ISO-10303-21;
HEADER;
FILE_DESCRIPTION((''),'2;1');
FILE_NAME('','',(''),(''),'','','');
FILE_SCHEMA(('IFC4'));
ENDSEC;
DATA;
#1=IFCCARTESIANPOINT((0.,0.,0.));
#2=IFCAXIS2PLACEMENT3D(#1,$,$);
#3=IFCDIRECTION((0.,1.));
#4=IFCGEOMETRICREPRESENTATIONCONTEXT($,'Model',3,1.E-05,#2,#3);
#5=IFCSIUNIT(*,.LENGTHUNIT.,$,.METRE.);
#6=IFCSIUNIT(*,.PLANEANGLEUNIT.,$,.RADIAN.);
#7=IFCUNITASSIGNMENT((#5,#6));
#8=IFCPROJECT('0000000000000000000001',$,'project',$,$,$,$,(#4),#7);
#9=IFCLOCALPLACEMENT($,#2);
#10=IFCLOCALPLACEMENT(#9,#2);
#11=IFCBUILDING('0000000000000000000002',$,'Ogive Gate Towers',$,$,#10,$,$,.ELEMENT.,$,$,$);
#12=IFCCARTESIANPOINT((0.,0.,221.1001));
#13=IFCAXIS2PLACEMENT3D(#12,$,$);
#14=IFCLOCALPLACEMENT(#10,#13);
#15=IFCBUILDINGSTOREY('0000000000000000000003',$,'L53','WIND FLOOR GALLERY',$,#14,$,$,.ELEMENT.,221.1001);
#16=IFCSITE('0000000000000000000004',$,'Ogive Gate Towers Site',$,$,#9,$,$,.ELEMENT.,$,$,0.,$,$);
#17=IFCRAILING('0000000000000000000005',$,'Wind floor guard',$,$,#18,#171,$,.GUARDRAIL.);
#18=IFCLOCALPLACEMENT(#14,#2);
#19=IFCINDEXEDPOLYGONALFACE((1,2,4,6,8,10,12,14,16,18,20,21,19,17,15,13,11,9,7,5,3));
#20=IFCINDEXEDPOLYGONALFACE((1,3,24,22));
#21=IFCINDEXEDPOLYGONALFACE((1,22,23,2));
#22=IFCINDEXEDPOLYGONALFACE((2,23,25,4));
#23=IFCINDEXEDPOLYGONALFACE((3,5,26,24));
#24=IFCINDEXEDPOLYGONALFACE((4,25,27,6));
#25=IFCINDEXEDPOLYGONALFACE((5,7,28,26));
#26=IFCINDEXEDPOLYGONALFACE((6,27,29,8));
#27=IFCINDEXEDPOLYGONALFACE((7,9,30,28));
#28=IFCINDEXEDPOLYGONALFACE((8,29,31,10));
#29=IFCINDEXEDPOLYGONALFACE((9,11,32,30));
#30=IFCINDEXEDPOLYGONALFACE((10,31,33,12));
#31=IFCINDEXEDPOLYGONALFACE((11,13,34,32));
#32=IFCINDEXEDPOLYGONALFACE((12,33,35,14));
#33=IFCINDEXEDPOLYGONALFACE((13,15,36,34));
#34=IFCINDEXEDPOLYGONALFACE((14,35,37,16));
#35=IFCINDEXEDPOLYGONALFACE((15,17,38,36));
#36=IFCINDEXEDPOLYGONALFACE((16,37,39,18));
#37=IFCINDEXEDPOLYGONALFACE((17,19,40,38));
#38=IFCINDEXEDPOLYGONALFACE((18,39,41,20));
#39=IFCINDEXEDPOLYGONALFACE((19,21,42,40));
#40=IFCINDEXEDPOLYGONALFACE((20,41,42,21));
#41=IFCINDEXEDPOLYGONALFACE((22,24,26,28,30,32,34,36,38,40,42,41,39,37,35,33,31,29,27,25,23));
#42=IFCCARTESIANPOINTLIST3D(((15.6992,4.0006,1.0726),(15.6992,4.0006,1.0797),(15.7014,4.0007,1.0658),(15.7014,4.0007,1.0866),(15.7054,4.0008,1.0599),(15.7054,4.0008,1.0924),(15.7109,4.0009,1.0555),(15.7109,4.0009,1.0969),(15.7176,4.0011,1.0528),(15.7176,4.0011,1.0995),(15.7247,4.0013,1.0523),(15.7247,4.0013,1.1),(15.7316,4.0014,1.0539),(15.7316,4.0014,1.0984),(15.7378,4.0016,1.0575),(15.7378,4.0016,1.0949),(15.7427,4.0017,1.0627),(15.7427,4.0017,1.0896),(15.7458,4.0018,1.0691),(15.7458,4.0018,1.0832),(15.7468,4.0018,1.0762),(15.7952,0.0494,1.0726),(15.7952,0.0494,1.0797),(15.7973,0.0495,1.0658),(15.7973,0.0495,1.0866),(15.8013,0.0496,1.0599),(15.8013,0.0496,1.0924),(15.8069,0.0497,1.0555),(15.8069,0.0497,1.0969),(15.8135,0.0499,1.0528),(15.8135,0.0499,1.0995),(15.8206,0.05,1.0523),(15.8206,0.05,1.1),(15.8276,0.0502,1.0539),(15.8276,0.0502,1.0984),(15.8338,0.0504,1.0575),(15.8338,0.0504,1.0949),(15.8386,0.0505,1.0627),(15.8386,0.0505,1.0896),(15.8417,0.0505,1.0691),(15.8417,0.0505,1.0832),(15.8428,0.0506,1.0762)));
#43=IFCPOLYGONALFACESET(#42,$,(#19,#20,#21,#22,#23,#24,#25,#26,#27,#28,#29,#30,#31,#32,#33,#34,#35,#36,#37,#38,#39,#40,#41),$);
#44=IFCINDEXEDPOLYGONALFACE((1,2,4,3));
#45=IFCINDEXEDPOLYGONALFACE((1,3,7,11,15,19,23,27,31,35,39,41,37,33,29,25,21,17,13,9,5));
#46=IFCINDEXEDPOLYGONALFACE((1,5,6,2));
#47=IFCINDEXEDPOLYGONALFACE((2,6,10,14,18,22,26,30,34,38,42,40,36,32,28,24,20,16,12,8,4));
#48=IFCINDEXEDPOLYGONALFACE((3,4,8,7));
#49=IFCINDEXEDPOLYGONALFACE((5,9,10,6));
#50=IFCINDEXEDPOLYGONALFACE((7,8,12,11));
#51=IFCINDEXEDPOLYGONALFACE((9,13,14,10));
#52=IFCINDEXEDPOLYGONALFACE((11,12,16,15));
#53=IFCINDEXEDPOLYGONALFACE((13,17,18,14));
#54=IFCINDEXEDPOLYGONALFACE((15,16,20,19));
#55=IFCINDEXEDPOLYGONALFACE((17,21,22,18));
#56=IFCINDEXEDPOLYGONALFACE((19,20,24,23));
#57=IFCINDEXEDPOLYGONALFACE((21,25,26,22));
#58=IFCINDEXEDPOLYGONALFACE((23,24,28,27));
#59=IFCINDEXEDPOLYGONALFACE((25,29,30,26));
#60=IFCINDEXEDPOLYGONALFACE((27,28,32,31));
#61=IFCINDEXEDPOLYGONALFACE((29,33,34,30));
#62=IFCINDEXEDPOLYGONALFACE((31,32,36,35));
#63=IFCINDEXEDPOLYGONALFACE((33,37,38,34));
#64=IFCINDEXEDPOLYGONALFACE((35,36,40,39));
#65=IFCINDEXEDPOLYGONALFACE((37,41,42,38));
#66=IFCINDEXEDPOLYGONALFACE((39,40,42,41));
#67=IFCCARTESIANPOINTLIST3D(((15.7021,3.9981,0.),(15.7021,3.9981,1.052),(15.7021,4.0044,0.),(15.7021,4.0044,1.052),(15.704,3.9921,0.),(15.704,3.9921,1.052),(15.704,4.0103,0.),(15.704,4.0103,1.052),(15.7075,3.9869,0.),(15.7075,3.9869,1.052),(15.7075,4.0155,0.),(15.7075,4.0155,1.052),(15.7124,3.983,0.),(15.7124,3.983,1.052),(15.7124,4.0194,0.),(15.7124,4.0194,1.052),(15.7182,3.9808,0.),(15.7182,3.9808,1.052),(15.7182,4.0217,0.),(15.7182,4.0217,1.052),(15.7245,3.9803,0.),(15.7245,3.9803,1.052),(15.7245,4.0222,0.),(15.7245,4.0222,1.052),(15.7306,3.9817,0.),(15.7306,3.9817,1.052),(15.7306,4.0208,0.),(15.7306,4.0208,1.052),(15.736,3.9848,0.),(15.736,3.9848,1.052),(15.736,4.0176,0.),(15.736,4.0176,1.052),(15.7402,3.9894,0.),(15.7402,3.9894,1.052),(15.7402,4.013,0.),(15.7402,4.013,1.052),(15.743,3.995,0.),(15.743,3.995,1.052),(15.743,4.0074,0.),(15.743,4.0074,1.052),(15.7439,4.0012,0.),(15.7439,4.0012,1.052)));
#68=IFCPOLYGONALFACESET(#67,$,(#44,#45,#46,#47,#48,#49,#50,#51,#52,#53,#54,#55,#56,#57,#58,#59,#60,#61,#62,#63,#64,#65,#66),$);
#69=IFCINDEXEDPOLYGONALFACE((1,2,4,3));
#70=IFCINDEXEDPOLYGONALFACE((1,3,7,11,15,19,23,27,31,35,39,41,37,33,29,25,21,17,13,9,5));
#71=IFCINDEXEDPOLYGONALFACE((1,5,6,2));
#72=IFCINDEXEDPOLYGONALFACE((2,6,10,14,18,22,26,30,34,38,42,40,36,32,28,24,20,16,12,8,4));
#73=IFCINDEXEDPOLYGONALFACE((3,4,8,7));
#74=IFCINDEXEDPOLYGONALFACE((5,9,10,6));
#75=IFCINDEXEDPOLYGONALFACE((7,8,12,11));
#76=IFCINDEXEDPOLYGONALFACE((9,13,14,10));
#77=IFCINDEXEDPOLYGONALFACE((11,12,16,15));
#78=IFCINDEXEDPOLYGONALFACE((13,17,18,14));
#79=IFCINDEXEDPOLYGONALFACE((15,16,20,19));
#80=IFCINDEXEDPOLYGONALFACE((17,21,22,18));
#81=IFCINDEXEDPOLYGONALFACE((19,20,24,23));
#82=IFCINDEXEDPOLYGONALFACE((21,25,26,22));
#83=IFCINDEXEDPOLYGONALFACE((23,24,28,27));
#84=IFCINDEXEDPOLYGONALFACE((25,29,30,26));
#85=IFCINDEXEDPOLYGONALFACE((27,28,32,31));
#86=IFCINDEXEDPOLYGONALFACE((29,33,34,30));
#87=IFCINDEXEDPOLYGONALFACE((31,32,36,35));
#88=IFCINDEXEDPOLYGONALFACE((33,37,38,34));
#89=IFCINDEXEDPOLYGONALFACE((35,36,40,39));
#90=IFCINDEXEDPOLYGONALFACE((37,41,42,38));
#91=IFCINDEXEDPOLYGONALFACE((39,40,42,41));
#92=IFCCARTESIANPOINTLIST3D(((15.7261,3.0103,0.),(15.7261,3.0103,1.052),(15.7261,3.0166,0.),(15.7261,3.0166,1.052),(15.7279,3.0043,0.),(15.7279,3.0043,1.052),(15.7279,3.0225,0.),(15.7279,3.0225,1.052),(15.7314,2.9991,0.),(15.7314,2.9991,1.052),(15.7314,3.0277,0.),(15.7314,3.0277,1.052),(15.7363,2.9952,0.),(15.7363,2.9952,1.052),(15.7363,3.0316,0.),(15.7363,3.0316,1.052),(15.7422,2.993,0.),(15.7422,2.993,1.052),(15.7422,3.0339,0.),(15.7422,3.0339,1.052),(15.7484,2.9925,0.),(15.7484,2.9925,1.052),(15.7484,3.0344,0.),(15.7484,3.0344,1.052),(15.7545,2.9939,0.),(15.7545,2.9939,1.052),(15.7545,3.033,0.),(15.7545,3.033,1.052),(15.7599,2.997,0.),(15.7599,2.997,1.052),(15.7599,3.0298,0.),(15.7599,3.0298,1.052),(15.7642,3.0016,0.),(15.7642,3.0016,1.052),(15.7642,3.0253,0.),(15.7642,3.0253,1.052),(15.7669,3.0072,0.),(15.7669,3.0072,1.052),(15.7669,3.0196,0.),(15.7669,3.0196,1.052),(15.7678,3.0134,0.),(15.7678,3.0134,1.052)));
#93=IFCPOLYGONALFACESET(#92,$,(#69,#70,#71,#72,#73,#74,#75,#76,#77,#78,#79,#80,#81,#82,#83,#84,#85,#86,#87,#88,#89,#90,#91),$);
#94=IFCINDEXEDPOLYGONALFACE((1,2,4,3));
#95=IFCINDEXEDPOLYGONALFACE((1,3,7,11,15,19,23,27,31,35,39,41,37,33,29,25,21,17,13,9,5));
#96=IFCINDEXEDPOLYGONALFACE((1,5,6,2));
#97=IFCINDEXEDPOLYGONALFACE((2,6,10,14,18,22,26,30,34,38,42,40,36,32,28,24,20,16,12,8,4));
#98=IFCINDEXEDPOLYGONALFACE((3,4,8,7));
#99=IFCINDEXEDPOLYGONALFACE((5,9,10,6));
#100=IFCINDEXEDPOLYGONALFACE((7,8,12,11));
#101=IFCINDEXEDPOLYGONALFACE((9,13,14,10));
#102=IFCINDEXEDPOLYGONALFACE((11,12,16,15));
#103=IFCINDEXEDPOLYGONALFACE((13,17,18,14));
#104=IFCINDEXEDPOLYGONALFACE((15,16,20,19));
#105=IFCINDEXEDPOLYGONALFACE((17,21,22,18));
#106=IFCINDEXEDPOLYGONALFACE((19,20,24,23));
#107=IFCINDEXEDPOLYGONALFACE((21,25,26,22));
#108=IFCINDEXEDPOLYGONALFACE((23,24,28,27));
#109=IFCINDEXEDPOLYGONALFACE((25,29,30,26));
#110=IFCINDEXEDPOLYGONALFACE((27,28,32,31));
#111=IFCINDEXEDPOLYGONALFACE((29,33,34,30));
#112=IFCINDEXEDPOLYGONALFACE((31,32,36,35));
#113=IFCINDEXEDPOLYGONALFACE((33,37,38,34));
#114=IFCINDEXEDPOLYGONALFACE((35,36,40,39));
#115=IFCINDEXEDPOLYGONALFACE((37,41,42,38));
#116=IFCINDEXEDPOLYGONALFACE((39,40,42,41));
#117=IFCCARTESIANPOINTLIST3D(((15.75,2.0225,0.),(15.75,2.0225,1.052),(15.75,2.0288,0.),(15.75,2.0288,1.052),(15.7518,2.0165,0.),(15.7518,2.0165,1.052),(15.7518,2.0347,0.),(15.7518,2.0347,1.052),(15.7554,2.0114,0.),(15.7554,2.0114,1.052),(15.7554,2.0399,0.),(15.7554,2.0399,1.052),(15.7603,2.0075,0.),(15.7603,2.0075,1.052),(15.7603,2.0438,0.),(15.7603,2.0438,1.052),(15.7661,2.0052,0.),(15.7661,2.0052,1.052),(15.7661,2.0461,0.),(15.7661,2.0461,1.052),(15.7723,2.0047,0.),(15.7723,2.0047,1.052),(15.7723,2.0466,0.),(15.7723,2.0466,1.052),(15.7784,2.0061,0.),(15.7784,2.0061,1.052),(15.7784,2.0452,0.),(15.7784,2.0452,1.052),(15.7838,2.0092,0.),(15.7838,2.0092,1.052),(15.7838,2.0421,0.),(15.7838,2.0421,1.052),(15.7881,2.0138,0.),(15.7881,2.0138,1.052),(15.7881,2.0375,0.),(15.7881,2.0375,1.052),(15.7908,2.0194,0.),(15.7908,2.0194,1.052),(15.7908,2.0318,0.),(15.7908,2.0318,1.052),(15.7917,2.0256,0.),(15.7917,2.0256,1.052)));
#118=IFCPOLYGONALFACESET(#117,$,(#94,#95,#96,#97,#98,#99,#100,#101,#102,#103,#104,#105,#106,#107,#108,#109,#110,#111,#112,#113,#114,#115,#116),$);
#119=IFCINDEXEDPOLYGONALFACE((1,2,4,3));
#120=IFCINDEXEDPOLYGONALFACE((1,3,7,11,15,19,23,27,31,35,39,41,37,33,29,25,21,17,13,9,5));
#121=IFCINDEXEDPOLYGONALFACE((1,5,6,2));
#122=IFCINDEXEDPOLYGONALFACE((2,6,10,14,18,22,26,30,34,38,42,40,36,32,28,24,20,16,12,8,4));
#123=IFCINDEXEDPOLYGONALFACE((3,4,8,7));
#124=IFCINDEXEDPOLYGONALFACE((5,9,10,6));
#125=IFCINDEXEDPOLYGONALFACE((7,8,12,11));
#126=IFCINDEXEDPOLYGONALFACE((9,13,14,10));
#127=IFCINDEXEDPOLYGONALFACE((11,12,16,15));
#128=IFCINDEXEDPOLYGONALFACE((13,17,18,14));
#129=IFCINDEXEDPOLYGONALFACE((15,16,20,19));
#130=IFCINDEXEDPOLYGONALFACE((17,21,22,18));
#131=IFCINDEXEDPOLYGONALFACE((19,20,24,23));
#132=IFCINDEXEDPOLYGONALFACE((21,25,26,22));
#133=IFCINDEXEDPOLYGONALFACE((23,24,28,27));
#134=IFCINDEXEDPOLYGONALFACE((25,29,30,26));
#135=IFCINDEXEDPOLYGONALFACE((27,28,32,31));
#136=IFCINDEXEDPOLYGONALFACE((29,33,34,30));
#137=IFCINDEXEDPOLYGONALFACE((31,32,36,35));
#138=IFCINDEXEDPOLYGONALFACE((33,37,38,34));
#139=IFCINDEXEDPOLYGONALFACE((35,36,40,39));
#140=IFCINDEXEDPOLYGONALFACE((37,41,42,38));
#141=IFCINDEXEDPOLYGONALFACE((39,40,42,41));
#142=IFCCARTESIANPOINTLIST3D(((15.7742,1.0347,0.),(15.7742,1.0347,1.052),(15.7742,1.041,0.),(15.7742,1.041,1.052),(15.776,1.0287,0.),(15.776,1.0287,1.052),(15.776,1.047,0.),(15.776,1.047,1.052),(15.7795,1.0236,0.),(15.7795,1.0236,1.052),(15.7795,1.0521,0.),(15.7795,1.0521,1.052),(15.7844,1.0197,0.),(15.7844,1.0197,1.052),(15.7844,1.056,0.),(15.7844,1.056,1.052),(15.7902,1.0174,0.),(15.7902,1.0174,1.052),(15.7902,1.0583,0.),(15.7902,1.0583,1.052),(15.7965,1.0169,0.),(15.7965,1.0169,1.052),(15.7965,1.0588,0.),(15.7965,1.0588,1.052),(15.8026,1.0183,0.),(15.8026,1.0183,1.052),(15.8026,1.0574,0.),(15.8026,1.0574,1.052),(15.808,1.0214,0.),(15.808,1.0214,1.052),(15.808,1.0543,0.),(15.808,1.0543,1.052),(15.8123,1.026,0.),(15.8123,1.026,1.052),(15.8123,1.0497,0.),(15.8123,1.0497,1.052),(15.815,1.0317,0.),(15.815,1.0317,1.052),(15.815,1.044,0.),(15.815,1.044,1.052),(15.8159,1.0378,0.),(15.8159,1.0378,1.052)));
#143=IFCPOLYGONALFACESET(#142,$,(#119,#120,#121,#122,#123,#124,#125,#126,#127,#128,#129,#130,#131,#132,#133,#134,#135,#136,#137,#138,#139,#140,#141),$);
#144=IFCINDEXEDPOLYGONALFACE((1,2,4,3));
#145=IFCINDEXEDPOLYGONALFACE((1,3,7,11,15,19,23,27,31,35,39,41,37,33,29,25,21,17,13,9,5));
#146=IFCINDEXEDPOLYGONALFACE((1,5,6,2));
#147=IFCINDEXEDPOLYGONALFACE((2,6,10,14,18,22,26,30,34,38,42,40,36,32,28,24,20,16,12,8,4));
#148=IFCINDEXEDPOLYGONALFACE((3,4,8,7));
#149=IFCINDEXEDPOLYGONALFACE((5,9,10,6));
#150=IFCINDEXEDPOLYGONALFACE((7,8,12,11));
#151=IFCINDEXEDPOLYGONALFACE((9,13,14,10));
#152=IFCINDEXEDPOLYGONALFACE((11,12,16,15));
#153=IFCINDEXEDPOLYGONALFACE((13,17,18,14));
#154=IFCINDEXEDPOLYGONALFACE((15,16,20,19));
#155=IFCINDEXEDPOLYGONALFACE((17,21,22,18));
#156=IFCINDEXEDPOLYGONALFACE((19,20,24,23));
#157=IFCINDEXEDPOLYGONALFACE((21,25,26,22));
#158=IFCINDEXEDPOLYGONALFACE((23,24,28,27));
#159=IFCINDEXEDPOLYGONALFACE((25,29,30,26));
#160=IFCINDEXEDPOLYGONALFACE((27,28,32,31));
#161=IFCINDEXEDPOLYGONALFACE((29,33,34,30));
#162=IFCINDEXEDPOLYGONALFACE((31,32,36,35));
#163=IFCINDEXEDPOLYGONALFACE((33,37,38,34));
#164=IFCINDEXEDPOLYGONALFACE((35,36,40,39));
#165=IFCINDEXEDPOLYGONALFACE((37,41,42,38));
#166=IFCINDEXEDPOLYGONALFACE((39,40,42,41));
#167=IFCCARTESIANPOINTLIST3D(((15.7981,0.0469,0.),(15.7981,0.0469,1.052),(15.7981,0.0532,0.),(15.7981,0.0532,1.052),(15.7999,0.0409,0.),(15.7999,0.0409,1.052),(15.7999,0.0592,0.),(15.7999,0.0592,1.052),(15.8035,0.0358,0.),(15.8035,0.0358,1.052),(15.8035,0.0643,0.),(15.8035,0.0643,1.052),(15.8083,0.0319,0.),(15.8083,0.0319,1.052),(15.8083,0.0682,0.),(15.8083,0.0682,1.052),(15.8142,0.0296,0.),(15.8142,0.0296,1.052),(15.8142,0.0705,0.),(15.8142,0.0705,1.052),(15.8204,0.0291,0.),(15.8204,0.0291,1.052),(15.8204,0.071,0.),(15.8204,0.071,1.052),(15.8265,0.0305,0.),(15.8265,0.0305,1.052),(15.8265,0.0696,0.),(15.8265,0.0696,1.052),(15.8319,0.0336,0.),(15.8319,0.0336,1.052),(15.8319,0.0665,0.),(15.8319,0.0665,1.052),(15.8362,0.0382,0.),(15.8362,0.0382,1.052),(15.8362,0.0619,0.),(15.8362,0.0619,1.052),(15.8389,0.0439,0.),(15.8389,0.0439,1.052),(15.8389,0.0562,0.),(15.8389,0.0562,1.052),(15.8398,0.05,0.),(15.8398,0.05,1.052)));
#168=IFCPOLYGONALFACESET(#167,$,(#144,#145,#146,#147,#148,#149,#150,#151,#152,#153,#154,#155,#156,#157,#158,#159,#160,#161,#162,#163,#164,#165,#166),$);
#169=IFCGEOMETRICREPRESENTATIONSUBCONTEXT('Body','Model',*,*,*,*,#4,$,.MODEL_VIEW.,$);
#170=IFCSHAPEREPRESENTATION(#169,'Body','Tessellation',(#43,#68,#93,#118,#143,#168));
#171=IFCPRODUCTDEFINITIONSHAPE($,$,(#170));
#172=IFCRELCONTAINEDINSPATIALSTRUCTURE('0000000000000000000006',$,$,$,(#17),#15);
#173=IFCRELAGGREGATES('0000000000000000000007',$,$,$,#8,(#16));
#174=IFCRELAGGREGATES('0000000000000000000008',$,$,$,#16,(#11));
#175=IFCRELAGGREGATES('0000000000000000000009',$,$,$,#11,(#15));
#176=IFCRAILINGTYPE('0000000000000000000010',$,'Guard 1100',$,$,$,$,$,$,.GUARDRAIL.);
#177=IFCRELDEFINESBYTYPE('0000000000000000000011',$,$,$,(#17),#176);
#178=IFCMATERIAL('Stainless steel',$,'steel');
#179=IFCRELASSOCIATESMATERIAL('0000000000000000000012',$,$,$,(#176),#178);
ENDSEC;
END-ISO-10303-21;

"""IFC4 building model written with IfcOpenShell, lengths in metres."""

from ifc_helpers import new_model, si_unit, direction, frame, origin, origin_2d, place, context, subcontext, project, spatial, circle, extrude, material, type_object, element, save


model = new_model("IFC4")

# Units and contexts
model_context = context("Model", 3, precision=1e-05, world=origin(), true_north=direction((0.0, 1.0)))
body_context = subcontext(model_context, "Body", "Model", "MODEL_VIEW")
ifc_project = project(units=[si_unit("LENGTHUNIT", "METRE"), si_unit("PLANEANGLEUNIT", "RADIAN")], contexts=[model_context])

# Site, building, storey
site_placement = place(None, origin())
site = spatial("IfcSite", under=ifc_project, at=site_placement, Name="Ogive Gate Towers Site", CompositionType="ELEMENT", RefElevation=0.0)
building_placement = place(site_placement, origin())
building = spatial("IfcBuilding", under=site, at=building_placement, Name="Ogive Gate Towers", CompositionType="ELEMENT")
storey_placement = place(building_placement, frame((0.0, 0.0, 221.1001)))
storey = spatial("IfcBuildingStorey", under=building, at=storey_placement, Name="L53", Description="WIND FLOOR GALLERY", CompositionType="ELEMENT", Elevation=221.1001)

# Railing
ifc_material_1 = material(Name="Stainless steel", Category="steel")
railing_type = type_object("IfcRailingType", Name="Guard 1100", PredefinedType="GUARDRAIL", material=ifc_material_1)
railing_1_placement = place(storey_placement, frame((15.7229, 4.0012, 0.0)))
element("IfcRailing", 1, at=railing_1_placement, inside=storey, type_object=railing_type, Name="Wind floor guard", PredefinedType="GUARDRAIL", context=body_context, shape_type="SweptSolid", body=[
    extrude(circle(Radius=0.0239, at=origin_2d()), frame((0.0, 0.0, 1.0762), z_axis=(0.024276, -0.999705, 0.0), x_axis=(0.999705, 0.024276, 0.0)), (0.0, 0.0, 1.0), 3.9524),
    extrude(circle(Radius=0.021, at=origin_2d()), origin(), (0.0, 0.0, 1.0), 1.052),
    extrude(circle(Radius=0.021, at=origin_2d()), frame((0.0239, -0.9878, 0.0)), (0.0, 0.0, 1.0), 1.052),
    extrude(circle(Radius=0.021, at=origin_2d()), frame((0.0479, -1.9756, 0.0)), (0.0, 0.0, 1.0), 1.052),
    extrude(circle(Radius=0.021, at=origin_2d()), frame((0.072, -2.9634, 0.0)), (0.0, 0.0, 1.0), 1.052),
    extrude(circle(Radius=0.021, at=origin_2d()), frame((0.0959, -3.9512, 0.0)), (0.0, 0.0, 1.0), 1.052),
])

save(model, "model.ifc")
